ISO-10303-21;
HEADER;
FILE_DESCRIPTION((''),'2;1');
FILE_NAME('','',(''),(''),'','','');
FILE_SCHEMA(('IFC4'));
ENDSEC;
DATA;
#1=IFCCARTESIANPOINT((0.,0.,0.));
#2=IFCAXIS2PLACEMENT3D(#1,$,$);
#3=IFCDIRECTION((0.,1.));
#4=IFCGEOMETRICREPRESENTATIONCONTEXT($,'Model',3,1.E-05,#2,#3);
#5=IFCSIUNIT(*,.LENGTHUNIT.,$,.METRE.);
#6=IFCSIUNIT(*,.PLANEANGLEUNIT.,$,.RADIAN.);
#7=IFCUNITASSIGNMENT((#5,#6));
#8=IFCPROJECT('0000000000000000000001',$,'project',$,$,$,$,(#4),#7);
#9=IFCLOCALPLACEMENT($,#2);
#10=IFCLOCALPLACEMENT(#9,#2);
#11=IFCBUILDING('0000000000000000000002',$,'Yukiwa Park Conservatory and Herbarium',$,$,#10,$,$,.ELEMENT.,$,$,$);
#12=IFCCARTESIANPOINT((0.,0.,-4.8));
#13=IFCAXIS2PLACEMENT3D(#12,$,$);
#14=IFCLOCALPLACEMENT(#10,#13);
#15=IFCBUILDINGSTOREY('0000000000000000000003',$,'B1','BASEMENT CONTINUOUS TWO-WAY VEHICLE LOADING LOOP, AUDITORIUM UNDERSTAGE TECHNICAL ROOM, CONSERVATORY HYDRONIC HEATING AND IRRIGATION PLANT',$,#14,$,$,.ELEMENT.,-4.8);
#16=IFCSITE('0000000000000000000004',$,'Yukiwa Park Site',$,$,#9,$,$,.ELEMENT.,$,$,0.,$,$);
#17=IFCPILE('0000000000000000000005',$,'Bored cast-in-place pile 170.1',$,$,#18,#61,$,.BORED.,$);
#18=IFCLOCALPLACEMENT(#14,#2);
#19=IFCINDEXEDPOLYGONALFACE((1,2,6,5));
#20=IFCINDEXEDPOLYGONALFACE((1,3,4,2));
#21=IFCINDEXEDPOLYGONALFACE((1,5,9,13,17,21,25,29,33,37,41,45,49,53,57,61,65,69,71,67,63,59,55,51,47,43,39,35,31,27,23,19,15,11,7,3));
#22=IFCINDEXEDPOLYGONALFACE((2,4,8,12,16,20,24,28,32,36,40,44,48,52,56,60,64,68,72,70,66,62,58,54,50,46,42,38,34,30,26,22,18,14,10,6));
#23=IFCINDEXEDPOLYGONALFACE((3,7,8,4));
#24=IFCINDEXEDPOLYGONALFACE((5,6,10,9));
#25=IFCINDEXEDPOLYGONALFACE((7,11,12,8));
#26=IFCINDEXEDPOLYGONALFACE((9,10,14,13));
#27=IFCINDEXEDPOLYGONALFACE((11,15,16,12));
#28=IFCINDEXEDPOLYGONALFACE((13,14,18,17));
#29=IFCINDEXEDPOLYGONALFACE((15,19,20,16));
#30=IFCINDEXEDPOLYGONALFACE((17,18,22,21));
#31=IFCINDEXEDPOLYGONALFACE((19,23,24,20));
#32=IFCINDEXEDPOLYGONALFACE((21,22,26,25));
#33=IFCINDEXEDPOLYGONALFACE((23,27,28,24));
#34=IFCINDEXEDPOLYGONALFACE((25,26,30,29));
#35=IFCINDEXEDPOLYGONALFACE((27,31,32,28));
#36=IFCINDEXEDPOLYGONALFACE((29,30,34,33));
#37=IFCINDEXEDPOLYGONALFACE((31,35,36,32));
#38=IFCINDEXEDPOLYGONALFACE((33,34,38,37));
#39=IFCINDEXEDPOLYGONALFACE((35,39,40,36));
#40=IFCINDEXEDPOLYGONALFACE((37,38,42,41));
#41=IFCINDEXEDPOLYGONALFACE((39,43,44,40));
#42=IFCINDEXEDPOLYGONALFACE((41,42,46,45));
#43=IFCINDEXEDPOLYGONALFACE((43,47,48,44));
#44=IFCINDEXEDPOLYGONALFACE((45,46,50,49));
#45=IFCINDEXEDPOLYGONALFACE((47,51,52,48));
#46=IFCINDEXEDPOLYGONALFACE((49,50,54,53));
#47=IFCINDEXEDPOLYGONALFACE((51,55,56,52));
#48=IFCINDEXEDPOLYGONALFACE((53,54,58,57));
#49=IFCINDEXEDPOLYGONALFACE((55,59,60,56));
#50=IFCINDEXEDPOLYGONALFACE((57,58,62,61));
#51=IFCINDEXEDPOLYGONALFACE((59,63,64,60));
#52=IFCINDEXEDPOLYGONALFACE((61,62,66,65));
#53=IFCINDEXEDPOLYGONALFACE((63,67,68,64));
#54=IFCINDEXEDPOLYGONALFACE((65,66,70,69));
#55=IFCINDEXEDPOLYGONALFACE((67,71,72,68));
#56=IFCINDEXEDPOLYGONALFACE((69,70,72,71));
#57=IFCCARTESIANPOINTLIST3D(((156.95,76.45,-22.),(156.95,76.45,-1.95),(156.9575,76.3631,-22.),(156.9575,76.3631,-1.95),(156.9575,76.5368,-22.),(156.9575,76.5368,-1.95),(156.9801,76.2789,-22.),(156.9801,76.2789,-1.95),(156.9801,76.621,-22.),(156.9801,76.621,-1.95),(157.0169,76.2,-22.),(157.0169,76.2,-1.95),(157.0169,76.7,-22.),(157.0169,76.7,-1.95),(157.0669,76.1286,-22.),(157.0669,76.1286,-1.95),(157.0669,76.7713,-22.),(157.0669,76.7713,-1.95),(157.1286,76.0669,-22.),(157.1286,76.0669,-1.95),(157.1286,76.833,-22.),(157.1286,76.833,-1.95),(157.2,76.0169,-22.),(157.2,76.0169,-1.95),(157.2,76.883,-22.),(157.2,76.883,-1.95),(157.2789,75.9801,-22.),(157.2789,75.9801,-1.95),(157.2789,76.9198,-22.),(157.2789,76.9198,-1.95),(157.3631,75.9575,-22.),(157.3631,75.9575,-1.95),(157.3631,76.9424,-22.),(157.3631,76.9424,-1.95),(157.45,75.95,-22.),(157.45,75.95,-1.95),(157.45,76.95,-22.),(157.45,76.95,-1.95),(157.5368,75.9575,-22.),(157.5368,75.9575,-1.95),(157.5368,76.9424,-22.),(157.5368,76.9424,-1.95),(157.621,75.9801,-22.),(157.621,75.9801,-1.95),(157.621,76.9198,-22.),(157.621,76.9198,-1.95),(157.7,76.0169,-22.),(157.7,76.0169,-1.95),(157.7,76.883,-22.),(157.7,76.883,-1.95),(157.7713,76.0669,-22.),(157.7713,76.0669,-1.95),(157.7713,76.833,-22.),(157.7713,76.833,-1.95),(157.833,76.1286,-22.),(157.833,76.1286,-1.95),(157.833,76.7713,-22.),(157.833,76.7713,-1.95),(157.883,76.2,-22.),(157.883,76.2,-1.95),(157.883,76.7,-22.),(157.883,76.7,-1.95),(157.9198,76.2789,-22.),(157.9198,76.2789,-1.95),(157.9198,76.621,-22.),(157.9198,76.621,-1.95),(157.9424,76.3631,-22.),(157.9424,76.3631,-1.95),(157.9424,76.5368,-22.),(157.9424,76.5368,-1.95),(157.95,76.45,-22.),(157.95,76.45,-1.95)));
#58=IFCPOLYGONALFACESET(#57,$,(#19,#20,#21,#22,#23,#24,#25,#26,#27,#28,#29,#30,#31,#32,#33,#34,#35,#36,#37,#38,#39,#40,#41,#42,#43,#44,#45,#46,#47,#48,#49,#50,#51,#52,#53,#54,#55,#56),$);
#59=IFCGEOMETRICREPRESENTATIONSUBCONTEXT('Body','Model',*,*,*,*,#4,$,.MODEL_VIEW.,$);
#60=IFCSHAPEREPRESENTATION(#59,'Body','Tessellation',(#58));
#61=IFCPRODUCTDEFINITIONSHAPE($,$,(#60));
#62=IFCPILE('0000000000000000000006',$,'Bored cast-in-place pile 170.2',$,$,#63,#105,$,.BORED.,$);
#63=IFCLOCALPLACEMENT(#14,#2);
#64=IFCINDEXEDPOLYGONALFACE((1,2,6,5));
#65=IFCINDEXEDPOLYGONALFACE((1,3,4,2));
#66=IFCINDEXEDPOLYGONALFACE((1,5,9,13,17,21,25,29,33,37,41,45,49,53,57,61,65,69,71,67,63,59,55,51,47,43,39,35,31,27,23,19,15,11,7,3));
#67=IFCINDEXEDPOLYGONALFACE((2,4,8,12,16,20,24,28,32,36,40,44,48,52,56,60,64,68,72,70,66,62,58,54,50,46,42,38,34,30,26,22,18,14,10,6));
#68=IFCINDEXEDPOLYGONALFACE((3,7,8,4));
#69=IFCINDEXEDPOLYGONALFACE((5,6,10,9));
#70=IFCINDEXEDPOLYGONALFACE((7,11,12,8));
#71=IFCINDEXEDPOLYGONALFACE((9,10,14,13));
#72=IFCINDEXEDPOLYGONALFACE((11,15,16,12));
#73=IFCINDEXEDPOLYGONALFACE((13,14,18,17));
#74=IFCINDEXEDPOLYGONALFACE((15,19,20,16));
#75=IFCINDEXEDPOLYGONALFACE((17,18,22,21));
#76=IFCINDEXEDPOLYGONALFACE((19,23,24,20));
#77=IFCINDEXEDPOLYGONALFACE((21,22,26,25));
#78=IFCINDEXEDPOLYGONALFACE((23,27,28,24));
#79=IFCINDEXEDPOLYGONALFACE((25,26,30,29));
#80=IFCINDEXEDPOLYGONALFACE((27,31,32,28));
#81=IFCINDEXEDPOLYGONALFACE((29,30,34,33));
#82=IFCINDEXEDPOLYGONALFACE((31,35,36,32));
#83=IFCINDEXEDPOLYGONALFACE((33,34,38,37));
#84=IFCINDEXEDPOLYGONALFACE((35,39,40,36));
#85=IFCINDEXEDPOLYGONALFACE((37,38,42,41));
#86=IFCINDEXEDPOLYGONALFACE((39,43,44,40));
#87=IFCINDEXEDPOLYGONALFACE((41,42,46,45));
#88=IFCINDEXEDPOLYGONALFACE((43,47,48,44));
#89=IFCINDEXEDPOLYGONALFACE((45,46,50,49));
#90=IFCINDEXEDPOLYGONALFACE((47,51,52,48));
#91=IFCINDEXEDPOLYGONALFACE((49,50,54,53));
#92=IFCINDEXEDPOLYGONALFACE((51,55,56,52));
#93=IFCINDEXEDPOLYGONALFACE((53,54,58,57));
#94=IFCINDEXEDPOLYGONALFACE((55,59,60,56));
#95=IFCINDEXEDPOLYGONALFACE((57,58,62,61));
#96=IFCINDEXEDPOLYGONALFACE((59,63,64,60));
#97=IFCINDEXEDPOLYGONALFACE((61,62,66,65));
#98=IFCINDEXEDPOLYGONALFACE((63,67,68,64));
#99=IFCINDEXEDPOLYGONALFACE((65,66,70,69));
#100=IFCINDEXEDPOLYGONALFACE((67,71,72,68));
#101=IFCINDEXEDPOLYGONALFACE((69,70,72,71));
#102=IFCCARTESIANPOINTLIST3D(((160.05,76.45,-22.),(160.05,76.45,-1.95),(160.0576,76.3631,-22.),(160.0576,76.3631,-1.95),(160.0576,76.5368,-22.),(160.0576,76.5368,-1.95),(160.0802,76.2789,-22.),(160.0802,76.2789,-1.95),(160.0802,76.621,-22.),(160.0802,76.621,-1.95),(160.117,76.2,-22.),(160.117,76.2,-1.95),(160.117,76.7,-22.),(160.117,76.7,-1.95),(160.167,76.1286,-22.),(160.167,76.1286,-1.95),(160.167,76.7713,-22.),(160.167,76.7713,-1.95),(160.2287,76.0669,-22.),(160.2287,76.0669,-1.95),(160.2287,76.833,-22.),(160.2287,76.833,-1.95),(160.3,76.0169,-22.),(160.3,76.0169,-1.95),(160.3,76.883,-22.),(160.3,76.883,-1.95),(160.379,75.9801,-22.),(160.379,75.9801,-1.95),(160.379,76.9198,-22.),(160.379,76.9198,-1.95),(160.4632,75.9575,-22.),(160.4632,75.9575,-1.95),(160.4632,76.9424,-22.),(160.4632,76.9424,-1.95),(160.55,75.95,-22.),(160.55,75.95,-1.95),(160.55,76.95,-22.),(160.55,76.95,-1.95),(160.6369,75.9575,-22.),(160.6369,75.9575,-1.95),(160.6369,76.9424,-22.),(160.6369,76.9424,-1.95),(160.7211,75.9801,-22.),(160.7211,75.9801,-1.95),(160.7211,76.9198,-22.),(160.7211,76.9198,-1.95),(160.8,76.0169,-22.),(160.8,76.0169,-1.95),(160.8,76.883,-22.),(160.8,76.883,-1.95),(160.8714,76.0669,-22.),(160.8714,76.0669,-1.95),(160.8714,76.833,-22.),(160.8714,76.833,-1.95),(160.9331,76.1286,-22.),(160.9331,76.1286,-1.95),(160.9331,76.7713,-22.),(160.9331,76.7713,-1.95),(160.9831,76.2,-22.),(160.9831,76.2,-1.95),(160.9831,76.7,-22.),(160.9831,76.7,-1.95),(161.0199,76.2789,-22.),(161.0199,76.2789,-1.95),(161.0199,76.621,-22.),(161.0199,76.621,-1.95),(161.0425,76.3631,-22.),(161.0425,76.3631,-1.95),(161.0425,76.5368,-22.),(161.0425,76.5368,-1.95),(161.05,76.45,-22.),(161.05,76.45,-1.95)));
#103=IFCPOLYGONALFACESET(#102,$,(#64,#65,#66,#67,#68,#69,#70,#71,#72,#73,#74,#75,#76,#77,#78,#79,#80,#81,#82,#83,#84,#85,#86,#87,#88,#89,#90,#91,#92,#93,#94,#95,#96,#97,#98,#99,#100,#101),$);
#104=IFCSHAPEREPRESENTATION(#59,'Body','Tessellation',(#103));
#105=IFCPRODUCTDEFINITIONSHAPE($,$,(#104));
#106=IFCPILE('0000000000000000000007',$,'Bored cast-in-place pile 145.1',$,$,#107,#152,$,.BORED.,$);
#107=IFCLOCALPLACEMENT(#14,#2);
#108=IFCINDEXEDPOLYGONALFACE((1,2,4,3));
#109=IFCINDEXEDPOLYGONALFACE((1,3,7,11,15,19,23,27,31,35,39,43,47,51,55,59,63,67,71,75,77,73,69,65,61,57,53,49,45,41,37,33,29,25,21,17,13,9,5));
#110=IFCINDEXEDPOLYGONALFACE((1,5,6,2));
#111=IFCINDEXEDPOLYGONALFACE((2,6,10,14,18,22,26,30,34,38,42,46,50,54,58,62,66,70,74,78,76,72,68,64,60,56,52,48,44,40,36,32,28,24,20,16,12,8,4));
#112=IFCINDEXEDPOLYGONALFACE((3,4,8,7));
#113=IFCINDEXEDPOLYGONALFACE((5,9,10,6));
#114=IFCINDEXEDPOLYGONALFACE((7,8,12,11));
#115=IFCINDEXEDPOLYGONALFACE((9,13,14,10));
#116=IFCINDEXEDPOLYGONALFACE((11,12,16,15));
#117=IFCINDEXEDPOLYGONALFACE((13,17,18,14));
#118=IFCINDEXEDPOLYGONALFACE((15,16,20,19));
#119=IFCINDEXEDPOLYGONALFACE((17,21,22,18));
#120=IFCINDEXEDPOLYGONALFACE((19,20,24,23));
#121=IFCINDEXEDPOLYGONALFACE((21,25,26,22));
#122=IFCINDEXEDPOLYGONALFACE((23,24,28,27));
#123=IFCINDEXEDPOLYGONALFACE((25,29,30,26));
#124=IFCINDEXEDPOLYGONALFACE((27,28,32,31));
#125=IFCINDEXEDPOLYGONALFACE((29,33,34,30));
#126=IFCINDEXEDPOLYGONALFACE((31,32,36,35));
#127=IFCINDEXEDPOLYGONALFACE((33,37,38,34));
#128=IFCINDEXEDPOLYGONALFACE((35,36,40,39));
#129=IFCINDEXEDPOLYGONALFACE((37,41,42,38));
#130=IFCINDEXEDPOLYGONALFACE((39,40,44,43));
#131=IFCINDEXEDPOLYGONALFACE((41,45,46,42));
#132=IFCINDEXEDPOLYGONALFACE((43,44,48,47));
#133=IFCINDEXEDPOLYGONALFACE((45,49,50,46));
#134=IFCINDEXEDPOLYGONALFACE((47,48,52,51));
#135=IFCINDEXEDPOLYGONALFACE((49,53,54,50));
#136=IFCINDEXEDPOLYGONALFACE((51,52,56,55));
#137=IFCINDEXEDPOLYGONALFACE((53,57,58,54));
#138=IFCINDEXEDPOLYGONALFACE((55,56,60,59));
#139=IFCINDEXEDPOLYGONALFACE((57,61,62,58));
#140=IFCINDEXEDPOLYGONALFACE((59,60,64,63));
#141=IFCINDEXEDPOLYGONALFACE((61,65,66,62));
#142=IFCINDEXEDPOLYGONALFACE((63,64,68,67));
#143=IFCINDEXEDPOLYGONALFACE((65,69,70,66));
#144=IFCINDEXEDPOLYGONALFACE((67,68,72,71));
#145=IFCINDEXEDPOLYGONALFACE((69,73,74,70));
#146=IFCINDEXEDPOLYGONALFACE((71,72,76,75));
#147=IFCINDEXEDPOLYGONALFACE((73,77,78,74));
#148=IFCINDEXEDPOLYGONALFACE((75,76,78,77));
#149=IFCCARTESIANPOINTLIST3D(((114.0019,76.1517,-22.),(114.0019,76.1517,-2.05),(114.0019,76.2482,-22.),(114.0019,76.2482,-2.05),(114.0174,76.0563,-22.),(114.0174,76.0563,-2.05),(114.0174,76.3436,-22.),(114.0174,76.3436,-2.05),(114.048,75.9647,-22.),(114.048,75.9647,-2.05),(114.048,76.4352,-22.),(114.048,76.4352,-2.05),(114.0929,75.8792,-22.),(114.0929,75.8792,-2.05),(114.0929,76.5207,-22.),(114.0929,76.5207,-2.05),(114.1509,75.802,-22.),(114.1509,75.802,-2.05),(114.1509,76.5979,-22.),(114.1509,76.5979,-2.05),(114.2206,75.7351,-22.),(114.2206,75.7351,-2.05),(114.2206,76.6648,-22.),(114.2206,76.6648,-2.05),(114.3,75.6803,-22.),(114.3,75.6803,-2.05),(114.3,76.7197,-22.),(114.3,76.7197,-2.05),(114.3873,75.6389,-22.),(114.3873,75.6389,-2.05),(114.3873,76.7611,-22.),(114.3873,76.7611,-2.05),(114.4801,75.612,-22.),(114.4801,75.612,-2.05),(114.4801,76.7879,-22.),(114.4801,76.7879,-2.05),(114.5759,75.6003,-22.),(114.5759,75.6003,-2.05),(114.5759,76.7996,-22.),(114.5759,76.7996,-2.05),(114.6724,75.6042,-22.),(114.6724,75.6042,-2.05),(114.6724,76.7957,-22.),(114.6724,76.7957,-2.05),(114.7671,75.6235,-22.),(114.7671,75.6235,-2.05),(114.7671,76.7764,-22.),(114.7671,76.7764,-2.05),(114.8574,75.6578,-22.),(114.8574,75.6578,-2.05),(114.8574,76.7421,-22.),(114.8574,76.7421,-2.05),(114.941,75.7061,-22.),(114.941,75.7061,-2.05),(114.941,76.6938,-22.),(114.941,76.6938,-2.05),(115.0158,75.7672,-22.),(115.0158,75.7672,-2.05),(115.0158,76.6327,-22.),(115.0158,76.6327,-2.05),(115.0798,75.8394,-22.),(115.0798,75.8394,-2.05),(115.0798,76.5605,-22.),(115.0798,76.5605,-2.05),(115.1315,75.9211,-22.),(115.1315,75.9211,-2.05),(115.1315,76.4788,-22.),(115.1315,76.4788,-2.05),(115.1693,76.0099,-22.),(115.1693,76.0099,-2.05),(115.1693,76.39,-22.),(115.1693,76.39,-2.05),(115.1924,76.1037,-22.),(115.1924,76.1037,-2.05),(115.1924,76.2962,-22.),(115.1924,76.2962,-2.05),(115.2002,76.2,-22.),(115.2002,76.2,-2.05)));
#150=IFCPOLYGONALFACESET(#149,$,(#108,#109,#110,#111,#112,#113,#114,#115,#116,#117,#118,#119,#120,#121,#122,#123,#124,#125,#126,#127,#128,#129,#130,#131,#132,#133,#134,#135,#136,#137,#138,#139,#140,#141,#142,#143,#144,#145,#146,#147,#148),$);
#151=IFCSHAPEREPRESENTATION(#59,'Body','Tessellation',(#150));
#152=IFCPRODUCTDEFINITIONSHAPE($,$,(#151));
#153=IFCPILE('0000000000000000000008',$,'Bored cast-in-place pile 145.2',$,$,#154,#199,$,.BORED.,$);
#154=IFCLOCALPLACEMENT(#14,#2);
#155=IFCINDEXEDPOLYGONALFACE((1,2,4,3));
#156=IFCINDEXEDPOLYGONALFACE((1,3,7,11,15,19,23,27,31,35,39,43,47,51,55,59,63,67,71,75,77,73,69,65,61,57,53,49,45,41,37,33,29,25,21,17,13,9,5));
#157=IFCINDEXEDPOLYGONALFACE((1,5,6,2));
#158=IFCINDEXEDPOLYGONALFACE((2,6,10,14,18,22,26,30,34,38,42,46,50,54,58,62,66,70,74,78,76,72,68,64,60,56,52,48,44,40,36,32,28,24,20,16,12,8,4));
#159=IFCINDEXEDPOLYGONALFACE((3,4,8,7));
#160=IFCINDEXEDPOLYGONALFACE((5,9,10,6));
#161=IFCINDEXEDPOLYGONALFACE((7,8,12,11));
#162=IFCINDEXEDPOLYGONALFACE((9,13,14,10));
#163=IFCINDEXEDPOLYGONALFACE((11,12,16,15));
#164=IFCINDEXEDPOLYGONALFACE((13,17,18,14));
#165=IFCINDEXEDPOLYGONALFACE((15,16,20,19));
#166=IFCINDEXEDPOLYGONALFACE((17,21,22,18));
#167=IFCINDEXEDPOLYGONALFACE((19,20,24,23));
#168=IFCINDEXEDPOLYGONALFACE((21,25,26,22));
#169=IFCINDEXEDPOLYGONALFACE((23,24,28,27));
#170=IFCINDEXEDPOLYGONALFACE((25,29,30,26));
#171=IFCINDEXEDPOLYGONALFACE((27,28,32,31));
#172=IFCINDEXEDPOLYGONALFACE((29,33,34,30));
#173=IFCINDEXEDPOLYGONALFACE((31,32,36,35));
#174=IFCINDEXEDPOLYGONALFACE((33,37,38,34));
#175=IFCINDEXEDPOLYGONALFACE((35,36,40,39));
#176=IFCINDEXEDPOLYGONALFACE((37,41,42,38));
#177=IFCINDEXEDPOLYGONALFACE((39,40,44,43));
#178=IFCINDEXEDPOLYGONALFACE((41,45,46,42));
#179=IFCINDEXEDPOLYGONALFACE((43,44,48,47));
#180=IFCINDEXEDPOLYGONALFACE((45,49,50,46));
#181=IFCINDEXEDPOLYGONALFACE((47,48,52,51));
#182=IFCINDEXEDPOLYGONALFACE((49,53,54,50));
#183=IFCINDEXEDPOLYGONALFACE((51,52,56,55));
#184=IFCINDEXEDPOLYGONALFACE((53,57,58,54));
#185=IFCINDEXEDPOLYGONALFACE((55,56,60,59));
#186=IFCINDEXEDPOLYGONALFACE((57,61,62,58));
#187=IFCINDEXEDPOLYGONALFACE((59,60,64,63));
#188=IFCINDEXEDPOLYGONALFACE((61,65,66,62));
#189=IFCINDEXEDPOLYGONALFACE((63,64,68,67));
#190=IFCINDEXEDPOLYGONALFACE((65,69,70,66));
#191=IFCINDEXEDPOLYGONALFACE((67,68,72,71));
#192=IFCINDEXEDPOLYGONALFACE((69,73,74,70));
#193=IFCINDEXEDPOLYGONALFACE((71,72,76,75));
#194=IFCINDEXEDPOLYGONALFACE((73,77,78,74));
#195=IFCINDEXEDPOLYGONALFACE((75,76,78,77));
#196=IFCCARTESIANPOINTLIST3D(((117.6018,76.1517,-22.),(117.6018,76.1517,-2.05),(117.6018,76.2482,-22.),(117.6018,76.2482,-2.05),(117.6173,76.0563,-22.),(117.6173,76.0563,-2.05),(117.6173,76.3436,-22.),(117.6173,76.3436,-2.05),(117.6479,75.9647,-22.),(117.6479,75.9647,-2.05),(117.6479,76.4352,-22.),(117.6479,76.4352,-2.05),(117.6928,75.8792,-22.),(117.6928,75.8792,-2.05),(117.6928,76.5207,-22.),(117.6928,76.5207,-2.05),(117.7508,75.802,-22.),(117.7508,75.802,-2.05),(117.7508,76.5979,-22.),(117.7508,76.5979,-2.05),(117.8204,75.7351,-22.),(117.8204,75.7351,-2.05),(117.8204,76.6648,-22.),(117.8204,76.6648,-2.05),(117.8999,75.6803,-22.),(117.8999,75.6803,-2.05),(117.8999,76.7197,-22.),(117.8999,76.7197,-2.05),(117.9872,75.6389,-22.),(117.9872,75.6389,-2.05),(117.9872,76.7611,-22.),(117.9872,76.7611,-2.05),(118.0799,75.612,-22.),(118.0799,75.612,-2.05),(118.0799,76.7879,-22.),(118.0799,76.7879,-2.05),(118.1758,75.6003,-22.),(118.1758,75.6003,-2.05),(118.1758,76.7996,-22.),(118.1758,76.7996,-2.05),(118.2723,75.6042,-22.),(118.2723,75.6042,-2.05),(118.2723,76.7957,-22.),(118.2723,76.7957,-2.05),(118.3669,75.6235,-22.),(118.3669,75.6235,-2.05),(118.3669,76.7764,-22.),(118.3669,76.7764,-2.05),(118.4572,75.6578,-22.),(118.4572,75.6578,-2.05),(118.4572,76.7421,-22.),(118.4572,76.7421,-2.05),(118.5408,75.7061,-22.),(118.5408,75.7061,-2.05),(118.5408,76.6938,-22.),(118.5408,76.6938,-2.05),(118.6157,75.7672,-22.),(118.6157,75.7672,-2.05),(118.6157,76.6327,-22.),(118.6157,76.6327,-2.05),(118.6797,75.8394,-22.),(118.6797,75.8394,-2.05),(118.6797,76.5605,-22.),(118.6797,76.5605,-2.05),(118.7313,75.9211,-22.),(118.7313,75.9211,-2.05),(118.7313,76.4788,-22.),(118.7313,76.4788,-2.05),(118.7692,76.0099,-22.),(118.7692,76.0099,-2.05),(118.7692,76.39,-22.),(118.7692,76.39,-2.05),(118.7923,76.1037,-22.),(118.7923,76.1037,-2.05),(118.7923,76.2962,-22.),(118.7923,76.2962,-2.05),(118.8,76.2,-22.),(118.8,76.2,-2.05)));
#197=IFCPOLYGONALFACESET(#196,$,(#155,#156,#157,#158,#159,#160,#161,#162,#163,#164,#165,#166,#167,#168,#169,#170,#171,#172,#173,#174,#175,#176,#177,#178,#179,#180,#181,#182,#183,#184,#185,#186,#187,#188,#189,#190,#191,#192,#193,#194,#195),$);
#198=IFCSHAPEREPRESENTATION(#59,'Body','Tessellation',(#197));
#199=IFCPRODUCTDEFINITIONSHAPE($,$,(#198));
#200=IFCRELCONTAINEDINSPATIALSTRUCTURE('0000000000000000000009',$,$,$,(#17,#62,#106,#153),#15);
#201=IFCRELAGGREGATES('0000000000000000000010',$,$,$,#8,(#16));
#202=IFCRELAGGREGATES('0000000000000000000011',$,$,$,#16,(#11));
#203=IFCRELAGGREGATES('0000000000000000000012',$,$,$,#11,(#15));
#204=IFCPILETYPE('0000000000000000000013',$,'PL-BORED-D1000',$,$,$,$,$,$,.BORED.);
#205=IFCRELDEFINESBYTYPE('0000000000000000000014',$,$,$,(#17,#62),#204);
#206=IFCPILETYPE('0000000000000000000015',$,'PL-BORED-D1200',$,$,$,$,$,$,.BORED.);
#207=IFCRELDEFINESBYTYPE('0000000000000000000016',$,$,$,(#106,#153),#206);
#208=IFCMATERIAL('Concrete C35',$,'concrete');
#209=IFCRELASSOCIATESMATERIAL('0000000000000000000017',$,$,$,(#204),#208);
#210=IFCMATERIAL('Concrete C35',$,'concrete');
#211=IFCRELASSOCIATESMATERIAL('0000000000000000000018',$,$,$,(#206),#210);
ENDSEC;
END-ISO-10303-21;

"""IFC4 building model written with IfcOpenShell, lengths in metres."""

from ifc_helpers import new_model, si_unit, direction, frame, origin, origin_2d, place, context, subcontext, project, spatial, circle, extrude, material, material_profile, profile_set, type_object, element, save


model = new_model("IFC4")

# Units and contexts
model_context = context("Model", 3, precision=1e-05, world=origin(), true_north=direction((0.0, 1.0)))
body_context = subcontext(model_context, "Body", "Model", "MODEL_VIEW")
ifc_project = project(units=[si_unit("LENGTHUNIT", "METRE"), si_unit("PLANEANGLEUNIT", "RADIAN")], contexts=[model_context])

# Site, building, storey
site_placement = place(None, origin())
site = spatial("IfcSite", under=ifc_project, at=site_placement, Name="Yukiwa Park Site", CompositionType="ELEMENT", RefElevation=0.0)
building_placement = place(site_placement, origin())
building = spatial("IfcBuilding", under=site, at=building_placement, Name="Yukiwa Park Conservatory and Herbarium", CompositionType="ELEMENT")
storey_placement = place(building_placement, frame((0.0, 0.0, -4.8)))
storey = spatial("IfcBuildingStorey", under=building, at=storey_placement, Name="B1", Description="BASEMENT CONTINUOUS TWO-WAY VEHICLE LOADING LOOP, AUDITORIUM UNDERSTAGE TECHNICAL ROOM, CONSERVATORY HYDRONIC HEATING AND IRRIGATION PLANT", CompositionType="ELEMENT", Elevation=-4.8)

# Piles
ifc_material_1 = material(Name="Concrete C35", Category="concrete")
ifc_material_profile_1 = material_profile(ifc_material_1, circle(Radius=0.5, at=origin_2d()), Name="PILE D1000")
ifc_profile_set_1 = profile_set([ifc_material_profile_1], Name="Concrete C35")
pile_type_1 = type_object("IfcPileType", Name="PL-BORED-D1000", PredefinedType="BORED", material=ifc_profile_set_1)
for number, where, z_axis, x_axis, name in (
    (1, (157.45, 76.45, -1.95), (0.0, 0.0, -1.0), (1.0, 0.0, 0.0), "Bored cast-in-place pile 170.1"),
    (2, (160.55, 76.45, -1.95), (0.0, 0.0, -1.0), (1.0, 0.0, 0.0), "Bored cast-in-place pile 170.2"),
):
    element("IfcPile", number, at=place(storey_placement, frame(where, z_axis=z_axis, x_axis=x_axis)), inside=storey, type_object=pile_type_1, Name=name, PredefinedType="BORED", context=body_context, shape_type="SweptSolid", body=[
        extrude(circle(Radius=0.5, at=origin_2d()), origin(), (0.0, 0.0, 1.0), 20.05),
    ])
ifc_material_2 = material(Name="Concrete C35", Category="concrete")
ifc_material_profile_2 = material_profile(ifc_material_2, circle(Radius=0.6001, at=origin_2d()), Name="PILE D1200")
ifc_profile_set_2 = profile_set([ifc_material_profile_2], Name="Concrete C35")
pile_type_2 = type_object("IfcPileType", Name="PL-BORED-D1200", PredefinedType="BORED", material=ifc_profile_set_2)
for number, where, z_axis, x_axis, name in (
    (3, (114.6001, 76.2, -2.05), (0.0, 0.0, -1.0), (1.0, 0.0, 0.0), "Bored cast-in-place pile 145.1"),
    (4, (118.2, 76.2, -2.05), (0.0, 0.0, -1.0), (1.0, 0.0, 0.0), "Bored cast-in-place pile 145.2"),
):
    element("IfcPile", number, at=place(storey_placement, frame(where, z_axis=z_axis, x_axis=x_axis)), inside=storey, type_object=pile_type_2, Name=name, PredefinedType="BORED", context=body_context, shape_type="SweptSolid", body=[
        extrude(circle(Radius=0.6001, at=origin_2d()), origin(), (0.0, 0.0, 1.0), 19.95),
    ])

save(model, "model.ifc")
